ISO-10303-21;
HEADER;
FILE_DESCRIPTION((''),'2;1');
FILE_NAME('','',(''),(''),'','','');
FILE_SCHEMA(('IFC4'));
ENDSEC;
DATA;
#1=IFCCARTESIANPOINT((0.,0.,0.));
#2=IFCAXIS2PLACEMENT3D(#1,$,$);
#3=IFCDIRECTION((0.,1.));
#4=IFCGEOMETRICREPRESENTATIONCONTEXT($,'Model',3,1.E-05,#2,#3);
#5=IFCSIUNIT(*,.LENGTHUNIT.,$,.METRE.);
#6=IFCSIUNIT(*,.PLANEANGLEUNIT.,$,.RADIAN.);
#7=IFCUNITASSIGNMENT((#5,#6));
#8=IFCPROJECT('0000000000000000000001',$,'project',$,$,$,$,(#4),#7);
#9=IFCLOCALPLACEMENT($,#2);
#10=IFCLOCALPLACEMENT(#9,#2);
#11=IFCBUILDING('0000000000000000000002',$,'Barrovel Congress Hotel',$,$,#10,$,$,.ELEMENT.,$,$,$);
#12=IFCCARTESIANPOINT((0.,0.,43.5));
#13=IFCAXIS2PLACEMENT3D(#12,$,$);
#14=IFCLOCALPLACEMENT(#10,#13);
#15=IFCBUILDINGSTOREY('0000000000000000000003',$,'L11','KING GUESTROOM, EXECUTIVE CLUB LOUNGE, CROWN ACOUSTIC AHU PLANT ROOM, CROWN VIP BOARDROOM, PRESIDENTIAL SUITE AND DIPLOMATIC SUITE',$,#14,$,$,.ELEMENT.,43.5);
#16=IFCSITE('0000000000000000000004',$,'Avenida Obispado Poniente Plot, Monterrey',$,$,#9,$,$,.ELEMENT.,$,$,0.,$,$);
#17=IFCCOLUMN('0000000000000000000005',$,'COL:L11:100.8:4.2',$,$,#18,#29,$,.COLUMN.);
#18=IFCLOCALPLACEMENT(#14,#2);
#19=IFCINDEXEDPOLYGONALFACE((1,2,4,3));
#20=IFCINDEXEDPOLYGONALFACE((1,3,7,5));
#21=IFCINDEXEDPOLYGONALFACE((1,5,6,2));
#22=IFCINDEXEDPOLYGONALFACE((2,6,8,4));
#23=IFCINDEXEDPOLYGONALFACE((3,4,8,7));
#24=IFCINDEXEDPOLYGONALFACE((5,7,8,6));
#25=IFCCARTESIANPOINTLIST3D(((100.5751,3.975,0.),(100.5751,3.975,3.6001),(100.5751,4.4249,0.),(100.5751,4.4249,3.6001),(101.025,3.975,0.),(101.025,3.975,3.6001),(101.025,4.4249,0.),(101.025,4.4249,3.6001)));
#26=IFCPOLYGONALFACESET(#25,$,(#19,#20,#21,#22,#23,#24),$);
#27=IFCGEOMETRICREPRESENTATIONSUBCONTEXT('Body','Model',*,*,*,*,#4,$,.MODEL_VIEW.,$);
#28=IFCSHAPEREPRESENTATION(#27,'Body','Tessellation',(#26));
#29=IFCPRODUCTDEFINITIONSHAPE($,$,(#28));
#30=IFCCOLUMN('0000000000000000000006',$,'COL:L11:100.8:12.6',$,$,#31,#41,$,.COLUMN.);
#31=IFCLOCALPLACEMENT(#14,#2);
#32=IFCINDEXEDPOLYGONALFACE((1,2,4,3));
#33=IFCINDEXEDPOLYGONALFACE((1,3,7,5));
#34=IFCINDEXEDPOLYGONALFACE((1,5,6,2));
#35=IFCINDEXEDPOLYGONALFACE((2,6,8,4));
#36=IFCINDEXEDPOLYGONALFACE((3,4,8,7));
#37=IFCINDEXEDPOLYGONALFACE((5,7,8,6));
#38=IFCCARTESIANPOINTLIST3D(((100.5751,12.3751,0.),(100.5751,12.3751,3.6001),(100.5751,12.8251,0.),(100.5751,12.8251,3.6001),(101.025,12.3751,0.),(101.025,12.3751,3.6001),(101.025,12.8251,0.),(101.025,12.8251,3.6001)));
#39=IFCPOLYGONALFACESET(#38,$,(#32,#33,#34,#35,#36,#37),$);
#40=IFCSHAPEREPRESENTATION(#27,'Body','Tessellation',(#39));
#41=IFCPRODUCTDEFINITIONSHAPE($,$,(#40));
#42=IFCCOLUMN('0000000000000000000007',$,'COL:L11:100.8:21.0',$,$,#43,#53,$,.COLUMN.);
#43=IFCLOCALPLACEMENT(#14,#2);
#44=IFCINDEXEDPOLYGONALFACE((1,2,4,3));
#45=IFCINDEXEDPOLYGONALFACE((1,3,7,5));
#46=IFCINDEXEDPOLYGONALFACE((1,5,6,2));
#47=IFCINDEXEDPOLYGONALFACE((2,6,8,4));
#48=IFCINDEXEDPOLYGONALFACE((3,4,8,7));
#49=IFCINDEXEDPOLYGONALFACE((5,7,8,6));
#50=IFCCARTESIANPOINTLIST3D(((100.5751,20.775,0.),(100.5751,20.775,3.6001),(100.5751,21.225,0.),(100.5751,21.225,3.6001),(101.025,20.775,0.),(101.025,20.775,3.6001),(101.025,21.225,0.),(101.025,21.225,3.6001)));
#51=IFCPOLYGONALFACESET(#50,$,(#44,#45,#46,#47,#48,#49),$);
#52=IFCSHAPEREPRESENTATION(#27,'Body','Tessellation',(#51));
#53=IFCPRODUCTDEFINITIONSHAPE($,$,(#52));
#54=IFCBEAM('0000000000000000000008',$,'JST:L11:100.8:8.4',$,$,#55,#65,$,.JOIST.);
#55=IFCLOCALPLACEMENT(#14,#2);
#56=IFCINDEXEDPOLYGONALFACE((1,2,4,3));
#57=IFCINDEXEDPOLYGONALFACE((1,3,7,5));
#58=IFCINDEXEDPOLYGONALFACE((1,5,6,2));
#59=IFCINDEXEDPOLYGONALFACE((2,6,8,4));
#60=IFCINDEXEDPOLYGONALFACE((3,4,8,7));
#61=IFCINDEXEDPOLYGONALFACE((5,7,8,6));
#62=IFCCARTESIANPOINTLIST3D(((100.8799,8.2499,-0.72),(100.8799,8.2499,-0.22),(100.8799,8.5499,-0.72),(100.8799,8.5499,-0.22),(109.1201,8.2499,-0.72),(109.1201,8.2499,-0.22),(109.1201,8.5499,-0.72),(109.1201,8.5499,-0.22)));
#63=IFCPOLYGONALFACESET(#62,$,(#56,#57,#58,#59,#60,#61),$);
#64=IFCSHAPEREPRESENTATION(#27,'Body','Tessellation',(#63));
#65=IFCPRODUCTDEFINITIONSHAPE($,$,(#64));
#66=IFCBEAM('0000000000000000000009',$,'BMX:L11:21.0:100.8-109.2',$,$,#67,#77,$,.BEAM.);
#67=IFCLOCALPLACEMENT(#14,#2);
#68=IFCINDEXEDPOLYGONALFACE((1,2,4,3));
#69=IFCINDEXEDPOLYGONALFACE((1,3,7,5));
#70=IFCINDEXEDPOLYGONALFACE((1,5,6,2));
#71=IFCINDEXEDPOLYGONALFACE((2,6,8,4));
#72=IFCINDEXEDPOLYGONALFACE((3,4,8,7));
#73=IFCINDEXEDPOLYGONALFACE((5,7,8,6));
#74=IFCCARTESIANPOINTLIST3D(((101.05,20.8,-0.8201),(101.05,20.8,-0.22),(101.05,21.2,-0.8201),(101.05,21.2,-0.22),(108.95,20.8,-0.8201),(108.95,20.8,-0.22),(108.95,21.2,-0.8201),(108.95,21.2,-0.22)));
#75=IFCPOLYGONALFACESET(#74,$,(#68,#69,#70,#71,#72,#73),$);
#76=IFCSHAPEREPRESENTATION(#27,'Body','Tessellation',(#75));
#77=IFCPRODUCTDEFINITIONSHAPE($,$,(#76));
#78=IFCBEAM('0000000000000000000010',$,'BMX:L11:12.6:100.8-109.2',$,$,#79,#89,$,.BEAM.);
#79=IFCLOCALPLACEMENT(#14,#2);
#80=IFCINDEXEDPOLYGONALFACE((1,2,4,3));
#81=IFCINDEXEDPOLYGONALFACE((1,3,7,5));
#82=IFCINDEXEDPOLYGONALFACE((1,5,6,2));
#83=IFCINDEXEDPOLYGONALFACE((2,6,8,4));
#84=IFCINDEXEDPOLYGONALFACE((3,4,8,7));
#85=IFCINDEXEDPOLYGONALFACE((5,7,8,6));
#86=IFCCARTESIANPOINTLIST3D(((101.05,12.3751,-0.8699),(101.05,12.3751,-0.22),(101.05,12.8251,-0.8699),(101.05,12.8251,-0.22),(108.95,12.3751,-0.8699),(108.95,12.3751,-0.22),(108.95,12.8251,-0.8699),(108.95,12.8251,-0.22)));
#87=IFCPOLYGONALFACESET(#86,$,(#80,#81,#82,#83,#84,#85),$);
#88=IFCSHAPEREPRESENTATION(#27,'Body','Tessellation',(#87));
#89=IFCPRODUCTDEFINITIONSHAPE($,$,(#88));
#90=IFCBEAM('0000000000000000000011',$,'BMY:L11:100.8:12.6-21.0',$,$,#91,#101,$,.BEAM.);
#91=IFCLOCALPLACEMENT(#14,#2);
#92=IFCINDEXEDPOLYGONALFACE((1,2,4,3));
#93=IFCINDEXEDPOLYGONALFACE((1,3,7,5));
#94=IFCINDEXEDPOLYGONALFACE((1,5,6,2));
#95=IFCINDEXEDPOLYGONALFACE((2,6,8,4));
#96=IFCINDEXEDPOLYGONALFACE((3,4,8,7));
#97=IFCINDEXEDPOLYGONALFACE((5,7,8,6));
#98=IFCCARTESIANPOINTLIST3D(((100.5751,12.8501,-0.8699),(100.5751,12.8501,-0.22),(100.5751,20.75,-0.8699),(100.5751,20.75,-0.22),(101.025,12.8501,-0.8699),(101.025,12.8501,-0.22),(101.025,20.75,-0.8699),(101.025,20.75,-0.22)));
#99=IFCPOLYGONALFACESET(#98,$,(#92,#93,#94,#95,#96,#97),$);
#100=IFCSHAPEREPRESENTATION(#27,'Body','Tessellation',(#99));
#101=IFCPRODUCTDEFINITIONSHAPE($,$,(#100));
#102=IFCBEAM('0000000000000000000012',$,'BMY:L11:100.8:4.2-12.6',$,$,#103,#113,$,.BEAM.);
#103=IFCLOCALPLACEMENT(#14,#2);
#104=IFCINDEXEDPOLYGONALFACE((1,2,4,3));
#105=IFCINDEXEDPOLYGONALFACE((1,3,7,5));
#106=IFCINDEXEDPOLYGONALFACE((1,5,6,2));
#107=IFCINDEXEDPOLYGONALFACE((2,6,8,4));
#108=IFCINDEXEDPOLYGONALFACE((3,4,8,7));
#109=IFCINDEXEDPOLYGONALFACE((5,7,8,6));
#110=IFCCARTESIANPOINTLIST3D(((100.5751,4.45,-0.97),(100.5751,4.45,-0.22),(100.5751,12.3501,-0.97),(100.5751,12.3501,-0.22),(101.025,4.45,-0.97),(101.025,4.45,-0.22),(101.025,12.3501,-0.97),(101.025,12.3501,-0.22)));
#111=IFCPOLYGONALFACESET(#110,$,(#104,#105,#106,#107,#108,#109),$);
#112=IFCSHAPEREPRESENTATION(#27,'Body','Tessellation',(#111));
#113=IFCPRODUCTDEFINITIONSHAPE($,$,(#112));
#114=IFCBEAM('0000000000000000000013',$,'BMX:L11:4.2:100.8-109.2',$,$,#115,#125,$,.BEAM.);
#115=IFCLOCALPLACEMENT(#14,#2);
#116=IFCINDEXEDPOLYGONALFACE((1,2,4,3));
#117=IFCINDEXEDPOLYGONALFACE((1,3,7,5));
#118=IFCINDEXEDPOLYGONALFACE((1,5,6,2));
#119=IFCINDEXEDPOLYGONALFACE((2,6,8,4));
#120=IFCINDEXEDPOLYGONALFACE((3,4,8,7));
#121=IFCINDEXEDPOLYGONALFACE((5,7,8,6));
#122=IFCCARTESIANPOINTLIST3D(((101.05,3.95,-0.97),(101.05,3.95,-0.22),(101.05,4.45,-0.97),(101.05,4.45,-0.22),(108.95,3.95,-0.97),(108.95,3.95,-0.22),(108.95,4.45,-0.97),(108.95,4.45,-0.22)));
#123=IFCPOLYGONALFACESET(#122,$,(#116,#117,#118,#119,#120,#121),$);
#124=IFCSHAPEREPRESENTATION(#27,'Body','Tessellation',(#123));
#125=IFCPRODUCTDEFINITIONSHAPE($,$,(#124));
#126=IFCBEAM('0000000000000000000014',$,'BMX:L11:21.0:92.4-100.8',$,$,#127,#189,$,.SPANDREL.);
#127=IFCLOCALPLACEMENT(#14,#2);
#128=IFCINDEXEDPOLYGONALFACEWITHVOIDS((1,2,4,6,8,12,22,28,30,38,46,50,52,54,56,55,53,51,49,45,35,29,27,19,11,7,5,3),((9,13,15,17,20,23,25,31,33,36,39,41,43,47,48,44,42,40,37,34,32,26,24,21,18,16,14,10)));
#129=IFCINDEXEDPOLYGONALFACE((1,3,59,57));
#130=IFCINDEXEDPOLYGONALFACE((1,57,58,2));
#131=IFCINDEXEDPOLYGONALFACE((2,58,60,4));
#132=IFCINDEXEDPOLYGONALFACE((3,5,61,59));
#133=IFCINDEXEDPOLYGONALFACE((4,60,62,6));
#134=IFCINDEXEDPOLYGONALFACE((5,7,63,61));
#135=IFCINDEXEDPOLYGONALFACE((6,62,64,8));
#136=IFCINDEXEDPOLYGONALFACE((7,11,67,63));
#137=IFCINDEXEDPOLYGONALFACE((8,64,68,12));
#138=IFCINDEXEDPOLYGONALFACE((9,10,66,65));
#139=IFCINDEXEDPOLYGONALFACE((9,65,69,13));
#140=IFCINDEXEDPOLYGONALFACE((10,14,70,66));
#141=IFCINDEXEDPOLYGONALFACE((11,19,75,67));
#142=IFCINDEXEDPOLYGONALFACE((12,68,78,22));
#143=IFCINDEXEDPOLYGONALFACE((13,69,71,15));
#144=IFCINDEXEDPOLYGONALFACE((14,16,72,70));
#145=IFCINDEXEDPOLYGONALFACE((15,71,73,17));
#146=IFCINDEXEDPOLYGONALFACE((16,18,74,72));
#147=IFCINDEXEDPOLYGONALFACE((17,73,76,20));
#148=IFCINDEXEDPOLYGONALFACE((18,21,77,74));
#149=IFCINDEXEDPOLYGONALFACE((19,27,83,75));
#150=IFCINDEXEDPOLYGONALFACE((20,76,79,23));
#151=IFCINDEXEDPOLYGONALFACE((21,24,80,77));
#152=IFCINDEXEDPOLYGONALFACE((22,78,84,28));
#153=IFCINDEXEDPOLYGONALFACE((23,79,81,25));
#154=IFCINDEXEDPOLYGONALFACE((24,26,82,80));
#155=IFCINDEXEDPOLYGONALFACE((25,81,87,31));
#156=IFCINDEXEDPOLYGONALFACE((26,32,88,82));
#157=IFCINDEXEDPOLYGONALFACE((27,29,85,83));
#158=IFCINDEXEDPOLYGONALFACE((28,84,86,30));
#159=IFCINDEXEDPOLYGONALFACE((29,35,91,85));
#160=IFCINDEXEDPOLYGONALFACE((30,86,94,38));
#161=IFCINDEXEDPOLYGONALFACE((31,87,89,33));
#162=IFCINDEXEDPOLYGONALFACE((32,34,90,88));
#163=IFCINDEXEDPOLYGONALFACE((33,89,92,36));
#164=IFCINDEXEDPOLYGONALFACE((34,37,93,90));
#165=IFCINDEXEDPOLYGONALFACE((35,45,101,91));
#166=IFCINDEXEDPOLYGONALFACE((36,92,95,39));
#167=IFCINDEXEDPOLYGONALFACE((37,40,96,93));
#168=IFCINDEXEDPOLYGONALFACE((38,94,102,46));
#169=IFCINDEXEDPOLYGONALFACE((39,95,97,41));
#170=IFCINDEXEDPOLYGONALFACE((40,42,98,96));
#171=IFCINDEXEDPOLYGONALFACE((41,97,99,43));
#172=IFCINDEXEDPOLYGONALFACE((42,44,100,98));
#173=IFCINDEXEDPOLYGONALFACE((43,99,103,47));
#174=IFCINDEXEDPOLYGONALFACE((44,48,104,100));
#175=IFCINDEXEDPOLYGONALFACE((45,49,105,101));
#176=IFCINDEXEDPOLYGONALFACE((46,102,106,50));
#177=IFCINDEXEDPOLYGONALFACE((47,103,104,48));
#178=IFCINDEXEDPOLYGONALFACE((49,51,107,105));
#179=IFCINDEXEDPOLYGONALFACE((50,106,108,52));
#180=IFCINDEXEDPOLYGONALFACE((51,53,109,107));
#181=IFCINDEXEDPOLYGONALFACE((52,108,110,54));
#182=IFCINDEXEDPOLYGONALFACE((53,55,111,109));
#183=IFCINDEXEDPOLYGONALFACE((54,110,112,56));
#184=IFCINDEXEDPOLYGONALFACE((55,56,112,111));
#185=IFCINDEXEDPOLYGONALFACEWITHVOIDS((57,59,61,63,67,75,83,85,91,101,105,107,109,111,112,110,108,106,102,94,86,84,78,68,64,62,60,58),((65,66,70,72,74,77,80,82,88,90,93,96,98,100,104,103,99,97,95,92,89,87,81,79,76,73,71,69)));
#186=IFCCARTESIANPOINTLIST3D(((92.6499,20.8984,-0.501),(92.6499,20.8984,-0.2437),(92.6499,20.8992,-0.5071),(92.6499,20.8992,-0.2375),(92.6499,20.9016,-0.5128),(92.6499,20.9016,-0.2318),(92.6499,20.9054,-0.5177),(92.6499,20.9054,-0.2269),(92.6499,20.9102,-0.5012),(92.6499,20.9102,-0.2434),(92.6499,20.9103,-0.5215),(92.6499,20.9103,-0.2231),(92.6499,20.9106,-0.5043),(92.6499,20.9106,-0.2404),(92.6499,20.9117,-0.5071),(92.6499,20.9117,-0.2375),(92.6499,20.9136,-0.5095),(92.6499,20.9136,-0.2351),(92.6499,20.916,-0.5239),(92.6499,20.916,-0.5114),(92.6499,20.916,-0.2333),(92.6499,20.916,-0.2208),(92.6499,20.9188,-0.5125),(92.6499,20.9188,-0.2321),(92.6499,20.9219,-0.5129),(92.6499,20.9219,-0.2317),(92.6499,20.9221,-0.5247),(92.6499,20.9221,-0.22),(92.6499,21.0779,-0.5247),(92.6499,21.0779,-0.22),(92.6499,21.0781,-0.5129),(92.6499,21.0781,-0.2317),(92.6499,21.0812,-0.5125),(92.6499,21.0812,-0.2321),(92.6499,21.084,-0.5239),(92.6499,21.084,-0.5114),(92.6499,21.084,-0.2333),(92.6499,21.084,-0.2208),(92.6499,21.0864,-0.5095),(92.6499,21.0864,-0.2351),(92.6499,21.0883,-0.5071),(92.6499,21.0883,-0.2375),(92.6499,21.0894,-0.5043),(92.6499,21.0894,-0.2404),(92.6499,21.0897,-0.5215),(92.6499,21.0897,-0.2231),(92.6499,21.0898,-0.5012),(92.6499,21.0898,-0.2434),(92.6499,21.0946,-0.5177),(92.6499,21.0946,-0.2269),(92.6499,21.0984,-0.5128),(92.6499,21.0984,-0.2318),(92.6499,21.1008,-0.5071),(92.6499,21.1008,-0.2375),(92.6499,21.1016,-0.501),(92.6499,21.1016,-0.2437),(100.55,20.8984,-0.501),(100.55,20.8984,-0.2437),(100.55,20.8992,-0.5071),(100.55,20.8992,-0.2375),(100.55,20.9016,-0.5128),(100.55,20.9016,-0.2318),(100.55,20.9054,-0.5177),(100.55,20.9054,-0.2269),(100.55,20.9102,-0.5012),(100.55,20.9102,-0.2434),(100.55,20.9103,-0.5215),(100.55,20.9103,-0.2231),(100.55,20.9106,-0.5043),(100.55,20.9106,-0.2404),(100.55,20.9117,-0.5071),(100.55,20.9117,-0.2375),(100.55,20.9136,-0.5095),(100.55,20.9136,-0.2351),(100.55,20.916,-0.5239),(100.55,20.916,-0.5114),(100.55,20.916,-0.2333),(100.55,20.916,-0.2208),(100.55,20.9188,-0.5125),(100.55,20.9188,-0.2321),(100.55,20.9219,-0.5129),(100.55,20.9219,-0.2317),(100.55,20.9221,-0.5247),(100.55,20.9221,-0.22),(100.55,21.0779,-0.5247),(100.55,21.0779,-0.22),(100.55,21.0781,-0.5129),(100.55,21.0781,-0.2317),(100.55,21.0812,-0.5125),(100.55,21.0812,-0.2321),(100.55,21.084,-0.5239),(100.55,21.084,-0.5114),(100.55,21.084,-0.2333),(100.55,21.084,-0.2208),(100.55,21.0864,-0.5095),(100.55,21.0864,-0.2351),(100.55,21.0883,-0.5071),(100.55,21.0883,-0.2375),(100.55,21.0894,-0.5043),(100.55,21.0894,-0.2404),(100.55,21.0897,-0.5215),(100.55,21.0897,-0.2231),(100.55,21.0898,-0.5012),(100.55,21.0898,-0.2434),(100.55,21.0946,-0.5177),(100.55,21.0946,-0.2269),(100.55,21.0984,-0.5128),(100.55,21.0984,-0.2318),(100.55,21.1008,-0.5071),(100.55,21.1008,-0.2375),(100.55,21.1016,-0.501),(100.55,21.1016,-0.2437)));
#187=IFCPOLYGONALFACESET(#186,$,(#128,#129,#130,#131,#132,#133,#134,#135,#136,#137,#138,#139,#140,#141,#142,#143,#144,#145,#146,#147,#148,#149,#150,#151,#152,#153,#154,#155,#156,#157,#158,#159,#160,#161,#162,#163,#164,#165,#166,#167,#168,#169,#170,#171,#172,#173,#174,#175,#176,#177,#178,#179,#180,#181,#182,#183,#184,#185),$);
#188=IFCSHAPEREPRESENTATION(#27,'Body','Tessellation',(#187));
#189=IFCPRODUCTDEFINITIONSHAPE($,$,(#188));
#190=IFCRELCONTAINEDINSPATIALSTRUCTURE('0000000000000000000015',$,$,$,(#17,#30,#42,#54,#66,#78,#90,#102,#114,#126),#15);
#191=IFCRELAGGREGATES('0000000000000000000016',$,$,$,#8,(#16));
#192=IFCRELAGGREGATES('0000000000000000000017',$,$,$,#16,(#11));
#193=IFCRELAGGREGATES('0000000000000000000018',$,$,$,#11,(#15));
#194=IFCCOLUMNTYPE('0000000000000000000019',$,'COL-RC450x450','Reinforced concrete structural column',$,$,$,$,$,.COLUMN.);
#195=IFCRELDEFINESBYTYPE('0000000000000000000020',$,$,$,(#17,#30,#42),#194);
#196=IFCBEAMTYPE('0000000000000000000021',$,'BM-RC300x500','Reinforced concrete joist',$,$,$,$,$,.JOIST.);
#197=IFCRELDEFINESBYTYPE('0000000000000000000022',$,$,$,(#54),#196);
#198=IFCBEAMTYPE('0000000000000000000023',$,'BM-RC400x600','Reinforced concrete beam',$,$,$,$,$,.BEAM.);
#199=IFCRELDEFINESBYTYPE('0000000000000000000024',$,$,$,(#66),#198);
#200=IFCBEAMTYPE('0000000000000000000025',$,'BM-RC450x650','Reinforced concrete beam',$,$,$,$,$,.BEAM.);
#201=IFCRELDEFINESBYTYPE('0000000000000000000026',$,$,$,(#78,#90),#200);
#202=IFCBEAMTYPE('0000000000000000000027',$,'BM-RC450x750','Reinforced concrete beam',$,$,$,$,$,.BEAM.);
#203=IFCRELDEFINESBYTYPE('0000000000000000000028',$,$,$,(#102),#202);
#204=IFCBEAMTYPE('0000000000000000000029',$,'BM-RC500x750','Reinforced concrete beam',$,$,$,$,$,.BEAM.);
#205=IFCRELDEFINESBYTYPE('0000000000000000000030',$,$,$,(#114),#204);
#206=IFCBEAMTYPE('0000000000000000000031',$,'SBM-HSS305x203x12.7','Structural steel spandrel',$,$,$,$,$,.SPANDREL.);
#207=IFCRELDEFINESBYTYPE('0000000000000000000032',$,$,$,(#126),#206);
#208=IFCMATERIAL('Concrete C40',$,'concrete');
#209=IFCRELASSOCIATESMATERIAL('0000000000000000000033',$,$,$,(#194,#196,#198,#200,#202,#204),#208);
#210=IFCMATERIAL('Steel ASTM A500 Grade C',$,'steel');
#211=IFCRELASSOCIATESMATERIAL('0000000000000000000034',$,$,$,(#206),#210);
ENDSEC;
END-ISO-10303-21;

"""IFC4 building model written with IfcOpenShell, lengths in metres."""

from ifc_helpers import new_model, si_unit, direction, frame, origin, origin_2d, place, context, subcontext, project, spatial, rectangle, hollow_rectangle, extrude, material, material_profile, profile_set, type_object, element, save


model = new_model("IFC4")

# Units and contexts
model_context = context("Model", 3, precision=1e-05, world=origin(), true_north=direction((0.0, 1.0)))
body_context = subcontext(model_context, "Body", "Model", "MODEL_VIEW")
ifc_project = project(units=[si_unit("LENGTHUNIT", "METRE"), si_unit("PLANEANGLEUNIT", "RADIAN")], contexts=[model_context])

# Site, building, storey
site_placement = place(None, origin())
site = spatial("IfcSite", under=ifc_project, at=site_placement, Name="Avenida Obispado Poniente Plot, Monterrey", CompositionType="ELEMENT", RefElevation=0.0)
building_placement = place(site_placement, origin())
building = spatial("IfcBuilding", under=site, at=building_placement, Name="Barrovel Congress Hotel", CompositionType="ELEMENT")
storey_placement = place(building_placement, frame((0.0, 0.0, 43.5)))
storey = spatial("IfcBuildingStorey", under=building, at=storey_placement, Name="L11", Description="KING GUESTROOM, EXECUTIVE CLUB LOUNGE, CROWN ACOUSTIC AHU PLANT ROOM, CROWN VIP BOARDROOM, PRESIDENTIAL SUITE AND DIPLOMATIC SUITE", CompositionType="ELEMENT", Elevation=43.5)

# Columns
ifc_material_1 = material(Name="Concrete C40", Category="concrete")
ifc_material_profile_1 = material_profile(ifc_material_1, rectangle(XDim=0.45, YDim=0.45, at=origin_2d()), Name="RC450x450")
ifc_profile_set_1 = profile_set([ifc_material_profile_1], Name="Concrete C40")
column_type = type_object("IfcColumnType", Name="COL-RC450x450", Description="Reinforced concrete structural column", PredefinedType="COLUMN", material=ifc_profile_set_1)
for number, where, z_axis, x_axis, name in (
    (1, (100.8, 4.2, 0.0), (0.0, 0.0, 1.0), (1.0, 0.0, 0.0), "COL:L11:100.8:4.2"),
    (2, (100.8, 12.6001, 0.0), (0.0, 0.0, 1.0), (1.0, 0.0, 0.0), "COL:L11:100.8:12.6"),
    (3, (100.8, 21.0, 0.0), (0.0, 0.0, 1.0), (1.0, 0.0, 0.0), "COL:L11:100.8:21.0"),
):
    element("IfcColumn", number, at=place(storey_placement, frame(where, z_axis=z_axis, x_axis=x_axis)), inside=storey, type_object=column_type, Name=name, PredefinedType="COLUMN", context=body_context, shape_type="SweptSolid", body=[
        extrude(rectangle(XDim=0.45, YDim=0.45, at=origin_2d()), origin(), (0.0, 0.0, 1.0), 3.6001),
    ])

# Beams
ifc_material_profile_2 = material_profile(ifc_material_1, rectangle(XDim=0.3, YDim=0.5, at=origin_2d()), Name="RC300x500")
ifc_profile_set_2 = profile_set([ifc_material_profile_2], Name="Concrete C40")
beam_type_1 = type_object("IfcBeamType", Name="BM-RC300x500", Description="Reinforced concrete joist", PredefinedType="JOIST", material=ifc_profile_set_2)
beam_1_placement = place(storey_placement, frame((100.8799, 8.3999, -0.47), z_axis=(1.0, 0.0, 0.0), x_axis=(0.0, 1.0, 0.0)))
element("IfcBeam", 4, at=beam_1_placement, inside=storey, type_object=beam_type_1, Name="JST:L11:100.8:8.4", PredefinedType="JOIST", context=body_context, shape_type="SweptSolid", body=[
    extrude(rectangle(XDim=0.3, YDim=0.5, at=origin_2d()), origin(), (0.0, 0.0, 1.0), 8.2402),
])
ifc_material_profile_3 = material_profile(ifc_material_1, rectangle(XDim=0.3999, YDim=0.6001, at=origin_2d()), Name="RC400x600")
ifc_profile_set_3 = profile_set([ifc_material_profile_3], Name="Concrete C40")
beam_type_2 = type_object("IfcBeamType", Name="BM-RC400x600", Description="Reinforced concrete beam", PredefinedType="BEAM", material=ifc_profile_set_3)
beam_2_placement = place(storey_placement, frame((101.05, 21.0, -0.52), z_axis=(1.0, 0.0, 0.0), x_axis=(0.0, 1.0, 0.0)))
element("IfcBeam", 5, at=beam_2_placement, inside=storey, type_object=beam_type_2, Name="BMX:L11:21.0:100.8-109.2", PredefinedType="BEAM", context=body_context, shape_type="SweptSolid", body=[
    extrude(rectangle(XDim=0.3999, YDim=0.6001, at=origin_2d()), origin(), (0.0, 0.0, 1.0), 7.8999),
])
ifc_material_profile_4 = material_profile(ifc_material_1, rectangle(XDim=0.45, YDim=0.6499, at=origin_2d()), Name="RC450x650")
ifc_profile_set_4 = profile_set([ifc_material_profile_4], Name="Concrete C40")
beam_type_3 = type_object("IfcBeamType", Name="BM-RC450x650", Description="Reinforced concrete beam", PredefinedType="BEAM", material=ifc_profile_set_4)
for number, where, z_axis, x_axis, name in (
    (6, (101.05, 12.6001, -0.5449), (1.0, 0.0, 0.0), (0.0, 1.0, 0.0), "BMX:L11:12.6:100.8-109.2"),
    (7, (100.8, 12.8501, -0.5449), (0.0, 1.0, 0.0), (-1.0, 0.0, 0.0), "BMY:L11:100.8:12.6-21.0"),
):
    element("IfcBeam", number, at=place(storey_placement, frame(where, z_axis=z_axis, x_axis=x_axis)), inside=storey, type_object=beam_type_3, Name=name, PredefinedType="BEAM", context=body_context, shape_type="SweptSolid", body=[
        extrude(rectangle(XDim=0.45, YDim=0.6499, at=origin_2d()), origin(), (0.0, 0.0, 1.0), 7.8999),
    ])
ifc_material_profile_5 = material_profile(ifc_material_1, rectangle(XDim=0.45, YDim=0.75, at=origin_2d()), Name="RC450x750")
ifc_profile_set_5 = profile_set([ifc_material_profile_5], Name="Concrete C40")
beam_type_4 = type_object("IfcBeamType", Name="BM-RC450x750", Description="Reinforced concrete beam", PredefinedType="BEAM", material=ifc_profile_set_5)
beam_3_placement = place(storey_placement, frame((100.8, 4.45, -0.595), z_axis=(0.0, 1.0, 0.0), x_axis=(-1.0, 0.0, 0.0)))
element("IfcBeam", 8, at=beam_3_placement, inside=storey, type_object=beam_type_4, Name="BMY:L11:100.8:4.2-12.6", PredefinedType="BEAM", context=body_context, shape_type="SweptSolid", body=[
    extrude(rectangle(XDim=0.45, YDim=0.75, at=origin_2d()), origin(), (0.0, 0.0, 1.0), 7.9001),
])
ifc_material_profile_6 = material_profile(ifc_material_1, rectangle(XDim=0.5, YDim=0.75, at=origin_2d()), Name="RC500x750")
ifc_profile_set_6 = profile_set([ifc_material_profile_6], Name="Concrete C40")
beam_type_5 = type_object("IfcBeamType", Name="BM-RC500x750", Description="Reinforced concrete beam", PredefinedType="BEAM", material=ifc_profile_set_6)
beam_4_placement = place(storey_placement, frame((101.05, 4.2, -0.595), z_axis=(1.0, 0.0, 0.0), x_axis=(0.0, 1.0, 0.0)))
element("IfcBeam", 9, at=beam_4_placement, inside=storey, type_object=beam_type_5, Name="BMX:L11:4.2:100.8-109.2", PredefinedType="BEAM", context=body_context, shape_type="SweptSolid", body=[
    extrude(rectangle(XDim=0.5, YDim=0.75, at=origin_2d()), origin(), (0.0, 0.0, 1.0), 7.8999),
])
ifc_material_2 = material(Name="Steel ASTM A500 Grade C", Category="steel")
ifc_material_profile_7 = material_profile(ifc_material_2, hollow_rectangle(XDim=0.2031, YDim=0.3047, WallThickness=0.0117, InnerFilletRadius=0.0117, OuterFilletRadius=0.0237, at=origin_2d()), Name="HSS305x203x12.7")
ifc_profile_set_7 = profile_set([ifc_material_profile_7], Name="Steel ASTM A500 Grade C")
beam_type_6 = type_object("IfcBeamType", Name="SBM-HSS305x203x12.7", Description="Structural steel spandrel", PredefinedType="SPANDREL", material=ifc_profile_set_7)
beam_5_placement = place(storey_placement, frame((92.6499, 21.0, -0.3723), z_axis=(1.0, 0.0, 0.0), x_axis=(0.0, 1.0, 0.0)))
element("IfcBeam", 10, at=beam_5_placement, inside=storey, type_object=beam_type_6, Name="BMX:L11:21.0:92.4-100.8", PredefinedType="SPANDREL", context=body_context, shape_type="SweptSolid", body=[
    extrude(hollow_rectangle(XDim=0.2031, YDim=0.3047, WallThickness=0.0117, InnerFilletRadius=0.0117, OuterFilletRadius=0.0237, at=origin_2d()), origin(), (0.0, 0.0, 1.0), 7.9001),
])

save(model, "model.ifc")
